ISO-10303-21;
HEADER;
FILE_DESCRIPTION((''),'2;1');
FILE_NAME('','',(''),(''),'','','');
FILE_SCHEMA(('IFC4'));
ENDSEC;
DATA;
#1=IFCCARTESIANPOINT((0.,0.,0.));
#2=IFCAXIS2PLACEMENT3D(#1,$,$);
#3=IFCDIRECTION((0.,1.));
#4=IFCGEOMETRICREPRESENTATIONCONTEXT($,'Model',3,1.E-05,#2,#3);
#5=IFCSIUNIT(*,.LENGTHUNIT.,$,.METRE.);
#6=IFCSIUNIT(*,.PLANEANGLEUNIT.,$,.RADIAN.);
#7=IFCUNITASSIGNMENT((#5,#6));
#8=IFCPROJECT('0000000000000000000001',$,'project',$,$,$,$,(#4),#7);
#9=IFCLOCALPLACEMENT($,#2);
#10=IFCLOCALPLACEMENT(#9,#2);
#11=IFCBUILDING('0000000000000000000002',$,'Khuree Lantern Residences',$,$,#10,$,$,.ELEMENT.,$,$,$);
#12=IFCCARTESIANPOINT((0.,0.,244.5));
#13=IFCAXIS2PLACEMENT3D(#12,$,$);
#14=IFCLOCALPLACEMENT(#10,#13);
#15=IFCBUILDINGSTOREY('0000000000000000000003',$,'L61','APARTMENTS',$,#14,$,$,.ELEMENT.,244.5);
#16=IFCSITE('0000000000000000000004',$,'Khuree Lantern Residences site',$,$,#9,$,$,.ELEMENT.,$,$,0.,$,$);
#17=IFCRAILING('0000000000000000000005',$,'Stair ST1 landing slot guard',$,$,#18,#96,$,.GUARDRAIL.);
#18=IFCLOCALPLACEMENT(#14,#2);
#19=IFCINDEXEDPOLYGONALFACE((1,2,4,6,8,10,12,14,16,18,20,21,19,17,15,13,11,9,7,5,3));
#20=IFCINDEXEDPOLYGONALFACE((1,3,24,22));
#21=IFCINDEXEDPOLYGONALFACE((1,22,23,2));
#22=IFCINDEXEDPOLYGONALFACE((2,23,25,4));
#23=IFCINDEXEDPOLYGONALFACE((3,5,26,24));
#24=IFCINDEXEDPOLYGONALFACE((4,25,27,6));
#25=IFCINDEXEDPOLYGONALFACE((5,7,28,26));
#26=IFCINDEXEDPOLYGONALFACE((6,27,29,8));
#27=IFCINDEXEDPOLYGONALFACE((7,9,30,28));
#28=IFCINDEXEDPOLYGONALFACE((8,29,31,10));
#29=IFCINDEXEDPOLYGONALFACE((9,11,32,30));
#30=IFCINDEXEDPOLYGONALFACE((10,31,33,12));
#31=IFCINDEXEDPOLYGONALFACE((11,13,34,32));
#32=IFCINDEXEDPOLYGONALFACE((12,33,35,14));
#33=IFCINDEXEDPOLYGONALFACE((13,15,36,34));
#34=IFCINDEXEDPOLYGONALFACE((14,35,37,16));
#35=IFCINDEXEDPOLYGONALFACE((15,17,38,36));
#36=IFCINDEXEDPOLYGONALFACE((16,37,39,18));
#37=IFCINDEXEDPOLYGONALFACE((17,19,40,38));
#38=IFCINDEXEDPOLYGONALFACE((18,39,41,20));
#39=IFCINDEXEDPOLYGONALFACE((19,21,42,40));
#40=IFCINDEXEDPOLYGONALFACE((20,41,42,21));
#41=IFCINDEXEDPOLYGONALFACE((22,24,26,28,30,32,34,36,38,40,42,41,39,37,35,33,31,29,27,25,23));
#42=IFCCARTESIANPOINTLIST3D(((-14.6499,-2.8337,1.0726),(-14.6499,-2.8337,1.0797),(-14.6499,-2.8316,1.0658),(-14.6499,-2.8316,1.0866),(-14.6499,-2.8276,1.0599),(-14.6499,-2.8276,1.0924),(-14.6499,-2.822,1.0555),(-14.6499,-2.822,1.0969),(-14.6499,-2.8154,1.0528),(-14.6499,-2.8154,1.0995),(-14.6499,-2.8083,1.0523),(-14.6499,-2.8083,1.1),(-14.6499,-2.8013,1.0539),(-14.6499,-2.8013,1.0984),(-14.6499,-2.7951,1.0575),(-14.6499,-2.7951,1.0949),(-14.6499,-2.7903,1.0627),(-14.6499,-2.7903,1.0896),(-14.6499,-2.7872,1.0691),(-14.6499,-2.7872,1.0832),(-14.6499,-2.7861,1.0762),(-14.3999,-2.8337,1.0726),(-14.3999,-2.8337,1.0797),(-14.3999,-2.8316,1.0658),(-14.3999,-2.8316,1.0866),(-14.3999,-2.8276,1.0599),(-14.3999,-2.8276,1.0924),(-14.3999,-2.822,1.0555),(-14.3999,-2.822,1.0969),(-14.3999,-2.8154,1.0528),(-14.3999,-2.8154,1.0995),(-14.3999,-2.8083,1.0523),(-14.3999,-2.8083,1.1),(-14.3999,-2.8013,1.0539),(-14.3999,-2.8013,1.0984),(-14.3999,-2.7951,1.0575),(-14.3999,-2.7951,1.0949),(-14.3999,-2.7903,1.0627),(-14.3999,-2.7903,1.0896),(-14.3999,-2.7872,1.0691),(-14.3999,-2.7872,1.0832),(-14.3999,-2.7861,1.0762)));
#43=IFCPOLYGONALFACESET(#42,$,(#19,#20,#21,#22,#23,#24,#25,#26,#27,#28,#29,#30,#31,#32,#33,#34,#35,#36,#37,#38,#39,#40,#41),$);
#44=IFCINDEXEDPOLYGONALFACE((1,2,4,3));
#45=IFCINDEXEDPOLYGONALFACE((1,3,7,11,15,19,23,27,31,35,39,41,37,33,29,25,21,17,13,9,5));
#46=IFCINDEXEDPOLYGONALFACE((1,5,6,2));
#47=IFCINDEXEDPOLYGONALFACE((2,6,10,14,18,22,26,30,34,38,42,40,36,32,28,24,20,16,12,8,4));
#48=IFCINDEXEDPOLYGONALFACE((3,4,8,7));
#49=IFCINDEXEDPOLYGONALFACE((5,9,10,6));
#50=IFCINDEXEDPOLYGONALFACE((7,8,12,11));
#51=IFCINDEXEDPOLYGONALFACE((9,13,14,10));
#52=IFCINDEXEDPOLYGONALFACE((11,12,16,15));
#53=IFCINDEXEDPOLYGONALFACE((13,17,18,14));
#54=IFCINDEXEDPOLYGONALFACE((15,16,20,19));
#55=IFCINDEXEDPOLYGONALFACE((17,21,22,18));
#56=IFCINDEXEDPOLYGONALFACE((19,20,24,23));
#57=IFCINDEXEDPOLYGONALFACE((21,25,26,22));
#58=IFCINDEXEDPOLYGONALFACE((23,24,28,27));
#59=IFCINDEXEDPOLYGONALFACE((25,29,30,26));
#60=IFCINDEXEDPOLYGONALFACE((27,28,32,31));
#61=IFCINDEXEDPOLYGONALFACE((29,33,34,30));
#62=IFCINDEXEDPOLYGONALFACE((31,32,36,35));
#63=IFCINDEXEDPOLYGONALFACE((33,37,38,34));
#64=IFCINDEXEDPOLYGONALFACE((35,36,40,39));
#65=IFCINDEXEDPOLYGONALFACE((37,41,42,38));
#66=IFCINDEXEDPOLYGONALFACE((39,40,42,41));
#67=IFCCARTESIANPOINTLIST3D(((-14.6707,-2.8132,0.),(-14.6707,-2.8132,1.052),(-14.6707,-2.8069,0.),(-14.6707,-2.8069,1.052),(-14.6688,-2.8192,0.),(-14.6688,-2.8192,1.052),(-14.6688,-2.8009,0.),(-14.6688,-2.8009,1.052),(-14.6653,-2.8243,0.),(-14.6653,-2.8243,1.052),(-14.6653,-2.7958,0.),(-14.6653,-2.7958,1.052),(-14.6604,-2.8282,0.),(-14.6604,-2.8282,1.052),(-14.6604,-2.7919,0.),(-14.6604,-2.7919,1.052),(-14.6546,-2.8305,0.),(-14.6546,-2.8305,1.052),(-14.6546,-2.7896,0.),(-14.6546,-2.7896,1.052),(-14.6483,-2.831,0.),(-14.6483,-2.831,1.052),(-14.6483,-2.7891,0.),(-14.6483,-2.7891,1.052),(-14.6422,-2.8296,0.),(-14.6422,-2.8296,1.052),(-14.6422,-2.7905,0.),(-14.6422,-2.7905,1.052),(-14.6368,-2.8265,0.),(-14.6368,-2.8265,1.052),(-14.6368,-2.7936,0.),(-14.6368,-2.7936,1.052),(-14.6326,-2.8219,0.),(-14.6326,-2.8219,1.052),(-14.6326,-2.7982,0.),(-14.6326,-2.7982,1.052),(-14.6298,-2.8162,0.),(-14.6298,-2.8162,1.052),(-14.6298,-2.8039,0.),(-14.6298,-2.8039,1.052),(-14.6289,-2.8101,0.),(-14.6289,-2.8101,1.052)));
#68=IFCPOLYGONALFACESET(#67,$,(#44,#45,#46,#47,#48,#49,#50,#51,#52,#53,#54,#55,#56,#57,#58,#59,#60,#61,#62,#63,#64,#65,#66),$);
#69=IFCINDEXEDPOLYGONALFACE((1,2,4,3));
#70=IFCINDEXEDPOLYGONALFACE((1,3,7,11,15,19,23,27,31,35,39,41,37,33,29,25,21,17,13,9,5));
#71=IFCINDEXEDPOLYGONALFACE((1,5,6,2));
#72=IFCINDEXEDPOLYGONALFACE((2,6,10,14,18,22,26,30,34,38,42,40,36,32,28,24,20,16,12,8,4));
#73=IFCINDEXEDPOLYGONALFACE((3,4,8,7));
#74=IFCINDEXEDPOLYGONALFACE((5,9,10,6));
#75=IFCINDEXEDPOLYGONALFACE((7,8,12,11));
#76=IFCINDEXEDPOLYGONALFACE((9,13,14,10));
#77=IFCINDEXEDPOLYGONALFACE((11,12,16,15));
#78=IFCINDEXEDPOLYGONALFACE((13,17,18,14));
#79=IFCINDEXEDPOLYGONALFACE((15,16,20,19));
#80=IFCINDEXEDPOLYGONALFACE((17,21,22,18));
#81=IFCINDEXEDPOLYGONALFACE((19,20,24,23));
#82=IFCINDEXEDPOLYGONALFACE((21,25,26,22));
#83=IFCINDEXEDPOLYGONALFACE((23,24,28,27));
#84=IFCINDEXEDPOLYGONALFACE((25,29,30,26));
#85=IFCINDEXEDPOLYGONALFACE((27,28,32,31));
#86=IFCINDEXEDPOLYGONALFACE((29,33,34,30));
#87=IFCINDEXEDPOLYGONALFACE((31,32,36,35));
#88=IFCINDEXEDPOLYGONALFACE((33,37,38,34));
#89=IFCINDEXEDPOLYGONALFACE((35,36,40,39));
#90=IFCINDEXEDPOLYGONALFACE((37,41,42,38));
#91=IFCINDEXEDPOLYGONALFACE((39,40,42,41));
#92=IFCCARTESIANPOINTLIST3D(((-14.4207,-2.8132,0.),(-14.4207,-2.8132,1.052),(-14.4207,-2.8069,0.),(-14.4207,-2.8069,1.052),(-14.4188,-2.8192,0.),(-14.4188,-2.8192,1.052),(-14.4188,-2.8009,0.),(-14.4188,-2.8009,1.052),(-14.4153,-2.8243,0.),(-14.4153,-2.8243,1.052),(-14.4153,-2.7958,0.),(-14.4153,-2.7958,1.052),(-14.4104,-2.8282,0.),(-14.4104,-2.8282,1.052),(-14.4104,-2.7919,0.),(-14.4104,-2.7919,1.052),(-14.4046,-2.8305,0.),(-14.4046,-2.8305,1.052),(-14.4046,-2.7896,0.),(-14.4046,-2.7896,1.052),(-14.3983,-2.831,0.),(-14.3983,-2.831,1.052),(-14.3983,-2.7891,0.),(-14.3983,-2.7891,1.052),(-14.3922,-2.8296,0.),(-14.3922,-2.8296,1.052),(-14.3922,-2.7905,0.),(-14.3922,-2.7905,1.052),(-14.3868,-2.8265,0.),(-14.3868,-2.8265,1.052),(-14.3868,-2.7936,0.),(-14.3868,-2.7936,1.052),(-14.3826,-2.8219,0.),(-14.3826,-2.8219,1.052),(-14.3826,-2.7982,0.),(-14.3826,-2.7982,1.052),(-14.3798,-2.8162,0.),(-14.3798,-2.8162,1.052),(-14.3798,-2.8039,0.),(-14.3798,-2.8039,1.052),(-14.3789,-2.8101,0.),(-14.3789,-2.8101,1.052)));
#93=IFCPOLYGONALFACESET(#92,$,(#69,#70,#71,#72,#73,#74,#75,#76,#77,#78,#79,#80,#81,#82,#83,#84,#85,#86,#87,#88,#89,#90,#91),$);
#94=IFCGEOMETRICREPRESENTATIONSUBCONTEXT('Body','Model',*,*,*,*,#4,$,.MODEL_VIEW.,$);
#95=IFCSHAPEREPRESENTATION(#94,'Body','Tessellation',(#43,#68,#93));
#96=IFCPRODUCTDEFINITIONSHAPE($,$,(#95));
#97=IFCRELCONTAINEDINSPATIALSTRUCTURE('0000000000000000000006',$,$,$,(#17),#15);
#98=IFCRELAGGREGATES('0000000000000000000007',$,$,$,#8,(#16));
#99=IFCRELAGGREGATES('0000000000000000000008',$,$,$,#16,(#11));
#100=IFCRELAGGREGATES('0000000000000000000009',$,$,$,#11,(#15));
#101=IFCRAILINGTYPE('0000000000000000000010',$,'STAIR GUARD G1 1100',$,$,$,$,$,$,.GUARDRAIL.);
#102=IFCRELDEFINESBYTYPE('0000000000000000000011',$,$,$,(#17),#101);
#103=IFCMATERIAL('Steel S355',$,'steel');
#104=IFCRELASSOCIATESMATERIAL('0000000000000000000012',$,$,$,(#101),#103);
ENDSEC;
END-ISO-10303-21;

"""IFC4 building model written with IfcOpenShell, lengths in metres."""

from ifc_helpers import new_model, si_unit, direction, frame, origin, origin_2d, place, context, subcontext, project, spatial, circle, extrude, material, type_object, element, save


model = new_model("IFC4")

# Units and contexts
model_context = context("Model", 3, precision=1e-05, world=origin(), true_north=direction((0.0, 1.0)))
body_context = subcontext(model_context, "Body", "Model", "MODEL_VIEW")
ifc_project = project(units=[si_unit("LENGTHUNIT", "METRE"), si_unit("PLANEANGLEUNIT", "RADIAN")], contexts=[model_context])

# Site, building, storey
site_placement = place(None, origin())
site = spatial("IfcSite", under=ifc_project, at=site_placement, Name="Khuree Lantern Residences site", CompositionType="ELEMENT", RefElevation=0.0)
building_placement = place(site_placement, origin())
building = spatial("IfcBuilding", under=site, at=building_placement, Name="Khuree Lantern Residences", CompositionType="ELEMENT")
storey_placement = place(building_placement, frame((0.0, 0.0, 244.5)))
storey = spatial("IfcBuildingStorey", under=building, at=storey_placement, Name="L61", Description="APARTMENTS", CompositionType="ELEMENT", Elevation=244.5)

# Railing
ifc_material_1 = material(Name="Steel S355", Category="steel")
railing_type_1 = type_object("IfcRailingType", Name="STAIR GUARD G1 1100", PredefinedType="GUARDRAIL", material=ifc_material_1)
railing_1_placement = place(storey_placement, frame((-14.6499, -2.8101, 0.0)))
element("IfcRailing", 1, at=railing_1_placement, inside=storey, type_object=railing_type_1, Name="Stair ST1 landing slot guard", PredefinedType="GUARDRAIL", context=body_context, shape_type="SweptSolid", body=[
    extrude(circle(Radius=0.0239, at=origin_2d()), frame((0.0, 0.0, 1.0762), z_axis=(1.0, 0.0, 0.0), x_axis=(0.0, 1.0, 0.0)), (0.0, 0.0, 1.0), 0.25),
    extrude(circle(Radius=0.021, at=origin_2d()), origin(), (0.0, 0.0, 1.0), 1.052),
    extrude(circle(Radius=0.021, at=origin_2d()), frame((0.25, 0.0, 0.0)), (0.0, 0.0, 1.0), 1.052),
])

save(model, "model.ifc")
